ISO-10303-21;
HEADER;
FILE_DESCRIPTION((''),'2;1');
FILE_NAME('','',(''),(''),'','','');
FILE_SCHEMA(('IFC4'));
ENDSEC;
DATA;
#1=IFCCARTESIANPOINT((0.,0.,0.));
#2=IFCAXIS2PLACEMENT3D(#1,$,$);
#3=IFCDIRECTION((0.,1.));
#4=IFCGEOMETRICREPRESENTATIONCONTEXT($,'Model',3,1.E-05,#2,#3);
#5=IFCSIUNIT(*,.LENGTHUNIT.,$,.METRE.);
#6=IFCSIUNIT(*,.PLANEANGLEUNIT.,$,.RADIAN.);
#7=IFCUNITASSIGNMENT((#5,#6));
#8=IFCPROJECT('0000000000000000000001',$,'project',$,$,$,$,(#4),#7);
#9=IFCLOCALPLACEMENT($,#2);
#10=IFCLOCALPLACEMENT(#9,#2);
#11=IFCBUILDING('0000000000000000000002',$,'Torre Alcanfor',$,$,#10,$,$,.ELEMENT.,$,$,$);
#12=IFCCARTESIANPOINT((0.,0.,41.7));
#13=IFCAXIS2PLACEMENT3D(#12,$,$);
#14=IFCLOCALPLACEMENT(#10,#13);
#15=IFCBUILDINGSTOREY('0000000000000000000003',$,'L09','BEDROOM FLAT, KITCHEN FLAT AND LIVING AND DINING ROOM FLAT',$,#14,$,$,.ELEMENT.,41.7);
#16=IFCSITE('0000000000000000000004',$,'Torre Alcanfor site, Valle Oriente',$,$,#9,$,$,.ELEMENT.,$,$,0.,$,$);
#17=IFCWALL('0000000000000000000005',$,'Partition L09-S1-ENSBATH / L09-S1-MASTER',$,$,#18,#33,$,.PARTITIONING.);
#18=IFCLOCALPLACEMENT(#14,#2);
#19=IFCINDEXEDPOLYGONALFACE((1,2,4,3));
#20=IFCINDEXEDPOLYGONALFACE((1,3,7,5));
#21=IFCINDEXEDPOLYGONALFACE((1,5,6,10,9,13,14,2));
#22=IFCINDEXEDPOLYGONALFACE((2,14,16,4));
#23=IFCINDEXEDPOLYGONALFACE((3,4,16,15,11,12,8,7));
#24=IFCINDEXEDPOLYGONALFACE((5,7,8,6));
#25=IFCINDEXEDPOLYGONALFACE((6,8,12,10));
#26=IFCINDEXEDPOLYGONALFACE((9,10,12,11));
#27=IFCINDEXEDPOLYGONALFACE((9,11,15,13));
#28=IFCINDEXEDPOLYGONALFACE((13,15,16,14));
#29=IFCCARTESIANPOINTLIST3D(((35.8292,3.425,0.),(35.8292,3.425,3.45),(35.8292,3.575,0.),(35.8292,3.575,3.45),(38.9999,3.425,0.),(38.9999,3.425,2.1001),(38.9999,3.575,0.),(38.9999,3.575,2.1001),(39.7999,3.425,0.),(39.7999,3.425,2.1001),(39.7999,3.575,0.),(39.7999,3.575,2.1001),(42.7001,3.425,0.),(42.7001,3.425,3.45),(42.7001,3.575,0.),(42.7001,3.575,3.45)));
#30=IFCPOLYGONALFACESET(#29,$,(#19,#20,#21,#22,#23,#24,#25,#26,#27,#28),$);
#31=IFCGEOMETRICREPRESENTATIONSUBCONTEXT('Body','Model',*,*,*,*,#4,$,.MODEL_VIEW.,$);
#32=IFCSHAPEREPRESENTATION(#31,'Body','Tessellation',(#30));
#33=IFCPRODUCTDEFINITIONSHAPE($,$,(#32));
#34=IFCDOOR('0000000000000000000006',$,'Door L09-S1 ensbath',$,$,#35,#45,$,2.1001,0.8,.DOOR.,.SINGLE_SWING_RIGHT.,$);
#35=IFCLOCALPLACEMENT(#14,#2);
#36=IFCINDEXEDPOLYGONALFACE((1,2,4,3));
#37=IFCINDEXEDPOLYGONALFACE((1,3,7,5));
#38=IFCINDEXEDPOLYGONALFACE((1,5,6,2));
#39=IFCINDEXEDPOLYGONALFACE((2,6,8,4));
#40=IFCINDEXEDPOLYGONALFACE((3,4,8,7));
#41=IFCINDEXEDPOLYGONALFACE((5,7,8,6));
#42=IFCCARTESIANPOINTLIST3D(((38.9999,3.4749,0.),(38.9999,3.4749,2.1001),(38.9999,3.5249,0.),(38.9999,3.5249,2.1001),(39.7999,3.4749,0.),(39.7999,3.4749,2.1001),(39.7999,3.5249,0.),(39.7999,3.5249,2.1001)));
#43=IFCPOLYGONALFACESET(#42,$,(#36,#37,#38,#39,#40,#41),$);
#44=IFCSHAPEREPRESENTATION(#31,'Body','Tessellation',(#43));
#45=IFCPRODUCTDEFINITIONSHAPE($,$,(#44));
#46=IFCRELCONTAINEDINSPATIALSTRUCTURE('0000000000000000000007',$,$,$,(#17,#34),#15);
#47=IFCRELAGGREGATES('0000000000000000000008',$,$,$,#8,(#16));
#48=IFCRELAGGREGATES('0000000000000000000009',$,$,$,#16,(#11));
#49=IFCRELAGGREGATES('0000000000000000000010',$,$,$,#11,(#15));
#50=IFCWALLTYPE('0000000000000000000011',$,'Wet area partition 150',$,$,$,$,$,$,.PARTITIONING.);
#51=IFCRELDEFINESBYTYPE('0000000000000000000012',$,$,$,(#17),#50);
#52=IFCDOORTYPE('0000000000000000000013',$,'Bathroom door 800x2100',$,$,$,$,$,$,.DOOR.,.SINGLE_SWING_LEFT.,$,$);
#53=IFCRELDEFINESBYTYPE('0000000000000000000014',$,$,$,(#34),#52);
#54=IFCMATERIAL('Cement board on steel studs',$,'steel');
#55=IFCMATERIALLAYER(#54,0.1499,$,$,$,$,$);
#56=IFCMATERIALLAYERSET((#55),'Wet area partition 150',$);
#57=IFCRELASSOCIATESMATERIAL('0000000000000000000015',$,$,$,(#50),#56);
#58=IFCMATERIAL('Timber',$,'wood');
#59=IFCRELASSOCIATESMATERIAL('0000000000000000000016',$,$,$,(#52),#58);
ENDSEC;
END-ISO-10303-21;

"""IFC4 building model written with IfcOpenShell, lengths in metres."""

from ifc_helpers import new_model, si_unit, direction, frame, frame_2d, origin, place, context, subcontext, project, spatial, rectangle, extrude, material, layer, layer_set, type_object, element, fill, save


model = new_model("IFC4")

# Units and contexts
model_context = context("Model", 3, precision=1e-05, world=origin(), true_north=direction((0.0, 1.0)))
body_context = subcontext(model_context, "Body", "Model", "MODEL_VIEW")
ifc_project = project(units=[si_unit("LENGTHUNIT", "METRE"), si_unit("PLANEANGLEUNIT", "RADIAN")], contexts=[model_context])

# Site, building, storey
site_placement = place(None, origin())
site = spatial("IfcSite", under=ifc_project, at=site_placement, Name="Torre Alcanfor site, Valle Oriente", CompositionType="ELEMENT", RefElevation=0.0)
building_placement = place(site_placement, origin())
building = spatial("IfcBuilding", under=site, at=building_placement, Name="Torre Alcanfor", CompositionType="ELEMENT")
storey_placement = place(building_placement, frame((0.0, 0.0, 41.7)))
storey = spatial("IfcBuildingStorey", under=building, at=storey_placement, Name="L09", Description="BEDROOM FLAT, KITCHEN FLAT AND LIVING AND DINING ROOM FLAT", CompositionType="ELEMENT", Elevation=41.7)

# Shared definitions
ifc_material_1 = material(Name="Cement board on steel studs", Category="steel")
ifc_layer_1 = layer(ifc_material_1, 0.1499)
ifc_layer_set_1 = layer_set([ifc_layer_1], Name="Wet area partition 150")
wall_type_1 = type_object("IfcWallType", Name="Wet area partition 150", PredefinedType="PARTITIONING", material=ifc_layer_set_1)

# Wall, opening, door
wall_1_placement = place(storey_placement, frame((35.8291, 3.5, 0.0), z_axis=(0.0, 0.0, 1.0), x_axis=(1.0, 0.0, 0.0)))
wall_1 = element("IfcWall", 1, at=wall_1_placement, inside=storey, type_object=wall_type_1, Name="Partition L09-S1-ENSBATH / L09-S1-MASTER", PredefinedType="PARTITIONING", context=body_context, shape_type="SweptSolid", body=[
    extrude(rectangle(XDim=6.8708, YDim=0.1499, at=frame_2d((3.4355, 0.0))), origin(), (0.0, 0.0, 1.0), 3.45),
])
opening_1_placement = place(wall_1_placement, frame((3.1709, 0.0, 0.0)))
opening_1 = element("IfcOpeningElement", 2, at=opening_1_placement, cuts=wall_1, PredefinedType="OPENING", context=body_context, shape_type="SweptSolid", body=[
    extrude(rectangle(XDim=0.8, YDim=2.1001, at=frame_2d((0.3999, 1.05))), frame((0.0, 0.085, 0.0), z_axis=(0.0, -1.0, 0.0), x_axis=(1.0, 0.0, 0.0)), (0.0, 0.0, 1.0), 0.1699),
])
ifc_material_2 = material(Name="Timber", Category="wood")
door_type_1 = type_object("IfcDoorType", Name="Bathroom door 800x2100", OperationType="SINGLE_SWING_LEFT", PredefinedType="DOOR", material=ifc_material_2)
door_1_placement = place(opening_1_placement, origin())
door_1 = element("IfcDoor", 3, at=door_1_placement, inside=storey, type_object=door_type_1, Name="Door L09-S1 ensbath", OperationType="SINGLE_SWING_RIGHT", OverallHeight=2.1001, OverallWidth=0.8, PredefinedType="DOOR", context=body_context, shape_type="SweptSolid", body=[
    extrude(rectangle(XDim=0.8, YDim=2.1001, at=frame_2d((0.3999, 1.05))), frame((0.0, 0.0249, 0.0), z_axis=(0.0, -1.0, 0.0), x_axis=(1.0, 0.0, 0.0)), (0.0, 0.0, 1.0), 0.05),
])
fill(opening_1, door_1)

save(model, "model.ifc")
